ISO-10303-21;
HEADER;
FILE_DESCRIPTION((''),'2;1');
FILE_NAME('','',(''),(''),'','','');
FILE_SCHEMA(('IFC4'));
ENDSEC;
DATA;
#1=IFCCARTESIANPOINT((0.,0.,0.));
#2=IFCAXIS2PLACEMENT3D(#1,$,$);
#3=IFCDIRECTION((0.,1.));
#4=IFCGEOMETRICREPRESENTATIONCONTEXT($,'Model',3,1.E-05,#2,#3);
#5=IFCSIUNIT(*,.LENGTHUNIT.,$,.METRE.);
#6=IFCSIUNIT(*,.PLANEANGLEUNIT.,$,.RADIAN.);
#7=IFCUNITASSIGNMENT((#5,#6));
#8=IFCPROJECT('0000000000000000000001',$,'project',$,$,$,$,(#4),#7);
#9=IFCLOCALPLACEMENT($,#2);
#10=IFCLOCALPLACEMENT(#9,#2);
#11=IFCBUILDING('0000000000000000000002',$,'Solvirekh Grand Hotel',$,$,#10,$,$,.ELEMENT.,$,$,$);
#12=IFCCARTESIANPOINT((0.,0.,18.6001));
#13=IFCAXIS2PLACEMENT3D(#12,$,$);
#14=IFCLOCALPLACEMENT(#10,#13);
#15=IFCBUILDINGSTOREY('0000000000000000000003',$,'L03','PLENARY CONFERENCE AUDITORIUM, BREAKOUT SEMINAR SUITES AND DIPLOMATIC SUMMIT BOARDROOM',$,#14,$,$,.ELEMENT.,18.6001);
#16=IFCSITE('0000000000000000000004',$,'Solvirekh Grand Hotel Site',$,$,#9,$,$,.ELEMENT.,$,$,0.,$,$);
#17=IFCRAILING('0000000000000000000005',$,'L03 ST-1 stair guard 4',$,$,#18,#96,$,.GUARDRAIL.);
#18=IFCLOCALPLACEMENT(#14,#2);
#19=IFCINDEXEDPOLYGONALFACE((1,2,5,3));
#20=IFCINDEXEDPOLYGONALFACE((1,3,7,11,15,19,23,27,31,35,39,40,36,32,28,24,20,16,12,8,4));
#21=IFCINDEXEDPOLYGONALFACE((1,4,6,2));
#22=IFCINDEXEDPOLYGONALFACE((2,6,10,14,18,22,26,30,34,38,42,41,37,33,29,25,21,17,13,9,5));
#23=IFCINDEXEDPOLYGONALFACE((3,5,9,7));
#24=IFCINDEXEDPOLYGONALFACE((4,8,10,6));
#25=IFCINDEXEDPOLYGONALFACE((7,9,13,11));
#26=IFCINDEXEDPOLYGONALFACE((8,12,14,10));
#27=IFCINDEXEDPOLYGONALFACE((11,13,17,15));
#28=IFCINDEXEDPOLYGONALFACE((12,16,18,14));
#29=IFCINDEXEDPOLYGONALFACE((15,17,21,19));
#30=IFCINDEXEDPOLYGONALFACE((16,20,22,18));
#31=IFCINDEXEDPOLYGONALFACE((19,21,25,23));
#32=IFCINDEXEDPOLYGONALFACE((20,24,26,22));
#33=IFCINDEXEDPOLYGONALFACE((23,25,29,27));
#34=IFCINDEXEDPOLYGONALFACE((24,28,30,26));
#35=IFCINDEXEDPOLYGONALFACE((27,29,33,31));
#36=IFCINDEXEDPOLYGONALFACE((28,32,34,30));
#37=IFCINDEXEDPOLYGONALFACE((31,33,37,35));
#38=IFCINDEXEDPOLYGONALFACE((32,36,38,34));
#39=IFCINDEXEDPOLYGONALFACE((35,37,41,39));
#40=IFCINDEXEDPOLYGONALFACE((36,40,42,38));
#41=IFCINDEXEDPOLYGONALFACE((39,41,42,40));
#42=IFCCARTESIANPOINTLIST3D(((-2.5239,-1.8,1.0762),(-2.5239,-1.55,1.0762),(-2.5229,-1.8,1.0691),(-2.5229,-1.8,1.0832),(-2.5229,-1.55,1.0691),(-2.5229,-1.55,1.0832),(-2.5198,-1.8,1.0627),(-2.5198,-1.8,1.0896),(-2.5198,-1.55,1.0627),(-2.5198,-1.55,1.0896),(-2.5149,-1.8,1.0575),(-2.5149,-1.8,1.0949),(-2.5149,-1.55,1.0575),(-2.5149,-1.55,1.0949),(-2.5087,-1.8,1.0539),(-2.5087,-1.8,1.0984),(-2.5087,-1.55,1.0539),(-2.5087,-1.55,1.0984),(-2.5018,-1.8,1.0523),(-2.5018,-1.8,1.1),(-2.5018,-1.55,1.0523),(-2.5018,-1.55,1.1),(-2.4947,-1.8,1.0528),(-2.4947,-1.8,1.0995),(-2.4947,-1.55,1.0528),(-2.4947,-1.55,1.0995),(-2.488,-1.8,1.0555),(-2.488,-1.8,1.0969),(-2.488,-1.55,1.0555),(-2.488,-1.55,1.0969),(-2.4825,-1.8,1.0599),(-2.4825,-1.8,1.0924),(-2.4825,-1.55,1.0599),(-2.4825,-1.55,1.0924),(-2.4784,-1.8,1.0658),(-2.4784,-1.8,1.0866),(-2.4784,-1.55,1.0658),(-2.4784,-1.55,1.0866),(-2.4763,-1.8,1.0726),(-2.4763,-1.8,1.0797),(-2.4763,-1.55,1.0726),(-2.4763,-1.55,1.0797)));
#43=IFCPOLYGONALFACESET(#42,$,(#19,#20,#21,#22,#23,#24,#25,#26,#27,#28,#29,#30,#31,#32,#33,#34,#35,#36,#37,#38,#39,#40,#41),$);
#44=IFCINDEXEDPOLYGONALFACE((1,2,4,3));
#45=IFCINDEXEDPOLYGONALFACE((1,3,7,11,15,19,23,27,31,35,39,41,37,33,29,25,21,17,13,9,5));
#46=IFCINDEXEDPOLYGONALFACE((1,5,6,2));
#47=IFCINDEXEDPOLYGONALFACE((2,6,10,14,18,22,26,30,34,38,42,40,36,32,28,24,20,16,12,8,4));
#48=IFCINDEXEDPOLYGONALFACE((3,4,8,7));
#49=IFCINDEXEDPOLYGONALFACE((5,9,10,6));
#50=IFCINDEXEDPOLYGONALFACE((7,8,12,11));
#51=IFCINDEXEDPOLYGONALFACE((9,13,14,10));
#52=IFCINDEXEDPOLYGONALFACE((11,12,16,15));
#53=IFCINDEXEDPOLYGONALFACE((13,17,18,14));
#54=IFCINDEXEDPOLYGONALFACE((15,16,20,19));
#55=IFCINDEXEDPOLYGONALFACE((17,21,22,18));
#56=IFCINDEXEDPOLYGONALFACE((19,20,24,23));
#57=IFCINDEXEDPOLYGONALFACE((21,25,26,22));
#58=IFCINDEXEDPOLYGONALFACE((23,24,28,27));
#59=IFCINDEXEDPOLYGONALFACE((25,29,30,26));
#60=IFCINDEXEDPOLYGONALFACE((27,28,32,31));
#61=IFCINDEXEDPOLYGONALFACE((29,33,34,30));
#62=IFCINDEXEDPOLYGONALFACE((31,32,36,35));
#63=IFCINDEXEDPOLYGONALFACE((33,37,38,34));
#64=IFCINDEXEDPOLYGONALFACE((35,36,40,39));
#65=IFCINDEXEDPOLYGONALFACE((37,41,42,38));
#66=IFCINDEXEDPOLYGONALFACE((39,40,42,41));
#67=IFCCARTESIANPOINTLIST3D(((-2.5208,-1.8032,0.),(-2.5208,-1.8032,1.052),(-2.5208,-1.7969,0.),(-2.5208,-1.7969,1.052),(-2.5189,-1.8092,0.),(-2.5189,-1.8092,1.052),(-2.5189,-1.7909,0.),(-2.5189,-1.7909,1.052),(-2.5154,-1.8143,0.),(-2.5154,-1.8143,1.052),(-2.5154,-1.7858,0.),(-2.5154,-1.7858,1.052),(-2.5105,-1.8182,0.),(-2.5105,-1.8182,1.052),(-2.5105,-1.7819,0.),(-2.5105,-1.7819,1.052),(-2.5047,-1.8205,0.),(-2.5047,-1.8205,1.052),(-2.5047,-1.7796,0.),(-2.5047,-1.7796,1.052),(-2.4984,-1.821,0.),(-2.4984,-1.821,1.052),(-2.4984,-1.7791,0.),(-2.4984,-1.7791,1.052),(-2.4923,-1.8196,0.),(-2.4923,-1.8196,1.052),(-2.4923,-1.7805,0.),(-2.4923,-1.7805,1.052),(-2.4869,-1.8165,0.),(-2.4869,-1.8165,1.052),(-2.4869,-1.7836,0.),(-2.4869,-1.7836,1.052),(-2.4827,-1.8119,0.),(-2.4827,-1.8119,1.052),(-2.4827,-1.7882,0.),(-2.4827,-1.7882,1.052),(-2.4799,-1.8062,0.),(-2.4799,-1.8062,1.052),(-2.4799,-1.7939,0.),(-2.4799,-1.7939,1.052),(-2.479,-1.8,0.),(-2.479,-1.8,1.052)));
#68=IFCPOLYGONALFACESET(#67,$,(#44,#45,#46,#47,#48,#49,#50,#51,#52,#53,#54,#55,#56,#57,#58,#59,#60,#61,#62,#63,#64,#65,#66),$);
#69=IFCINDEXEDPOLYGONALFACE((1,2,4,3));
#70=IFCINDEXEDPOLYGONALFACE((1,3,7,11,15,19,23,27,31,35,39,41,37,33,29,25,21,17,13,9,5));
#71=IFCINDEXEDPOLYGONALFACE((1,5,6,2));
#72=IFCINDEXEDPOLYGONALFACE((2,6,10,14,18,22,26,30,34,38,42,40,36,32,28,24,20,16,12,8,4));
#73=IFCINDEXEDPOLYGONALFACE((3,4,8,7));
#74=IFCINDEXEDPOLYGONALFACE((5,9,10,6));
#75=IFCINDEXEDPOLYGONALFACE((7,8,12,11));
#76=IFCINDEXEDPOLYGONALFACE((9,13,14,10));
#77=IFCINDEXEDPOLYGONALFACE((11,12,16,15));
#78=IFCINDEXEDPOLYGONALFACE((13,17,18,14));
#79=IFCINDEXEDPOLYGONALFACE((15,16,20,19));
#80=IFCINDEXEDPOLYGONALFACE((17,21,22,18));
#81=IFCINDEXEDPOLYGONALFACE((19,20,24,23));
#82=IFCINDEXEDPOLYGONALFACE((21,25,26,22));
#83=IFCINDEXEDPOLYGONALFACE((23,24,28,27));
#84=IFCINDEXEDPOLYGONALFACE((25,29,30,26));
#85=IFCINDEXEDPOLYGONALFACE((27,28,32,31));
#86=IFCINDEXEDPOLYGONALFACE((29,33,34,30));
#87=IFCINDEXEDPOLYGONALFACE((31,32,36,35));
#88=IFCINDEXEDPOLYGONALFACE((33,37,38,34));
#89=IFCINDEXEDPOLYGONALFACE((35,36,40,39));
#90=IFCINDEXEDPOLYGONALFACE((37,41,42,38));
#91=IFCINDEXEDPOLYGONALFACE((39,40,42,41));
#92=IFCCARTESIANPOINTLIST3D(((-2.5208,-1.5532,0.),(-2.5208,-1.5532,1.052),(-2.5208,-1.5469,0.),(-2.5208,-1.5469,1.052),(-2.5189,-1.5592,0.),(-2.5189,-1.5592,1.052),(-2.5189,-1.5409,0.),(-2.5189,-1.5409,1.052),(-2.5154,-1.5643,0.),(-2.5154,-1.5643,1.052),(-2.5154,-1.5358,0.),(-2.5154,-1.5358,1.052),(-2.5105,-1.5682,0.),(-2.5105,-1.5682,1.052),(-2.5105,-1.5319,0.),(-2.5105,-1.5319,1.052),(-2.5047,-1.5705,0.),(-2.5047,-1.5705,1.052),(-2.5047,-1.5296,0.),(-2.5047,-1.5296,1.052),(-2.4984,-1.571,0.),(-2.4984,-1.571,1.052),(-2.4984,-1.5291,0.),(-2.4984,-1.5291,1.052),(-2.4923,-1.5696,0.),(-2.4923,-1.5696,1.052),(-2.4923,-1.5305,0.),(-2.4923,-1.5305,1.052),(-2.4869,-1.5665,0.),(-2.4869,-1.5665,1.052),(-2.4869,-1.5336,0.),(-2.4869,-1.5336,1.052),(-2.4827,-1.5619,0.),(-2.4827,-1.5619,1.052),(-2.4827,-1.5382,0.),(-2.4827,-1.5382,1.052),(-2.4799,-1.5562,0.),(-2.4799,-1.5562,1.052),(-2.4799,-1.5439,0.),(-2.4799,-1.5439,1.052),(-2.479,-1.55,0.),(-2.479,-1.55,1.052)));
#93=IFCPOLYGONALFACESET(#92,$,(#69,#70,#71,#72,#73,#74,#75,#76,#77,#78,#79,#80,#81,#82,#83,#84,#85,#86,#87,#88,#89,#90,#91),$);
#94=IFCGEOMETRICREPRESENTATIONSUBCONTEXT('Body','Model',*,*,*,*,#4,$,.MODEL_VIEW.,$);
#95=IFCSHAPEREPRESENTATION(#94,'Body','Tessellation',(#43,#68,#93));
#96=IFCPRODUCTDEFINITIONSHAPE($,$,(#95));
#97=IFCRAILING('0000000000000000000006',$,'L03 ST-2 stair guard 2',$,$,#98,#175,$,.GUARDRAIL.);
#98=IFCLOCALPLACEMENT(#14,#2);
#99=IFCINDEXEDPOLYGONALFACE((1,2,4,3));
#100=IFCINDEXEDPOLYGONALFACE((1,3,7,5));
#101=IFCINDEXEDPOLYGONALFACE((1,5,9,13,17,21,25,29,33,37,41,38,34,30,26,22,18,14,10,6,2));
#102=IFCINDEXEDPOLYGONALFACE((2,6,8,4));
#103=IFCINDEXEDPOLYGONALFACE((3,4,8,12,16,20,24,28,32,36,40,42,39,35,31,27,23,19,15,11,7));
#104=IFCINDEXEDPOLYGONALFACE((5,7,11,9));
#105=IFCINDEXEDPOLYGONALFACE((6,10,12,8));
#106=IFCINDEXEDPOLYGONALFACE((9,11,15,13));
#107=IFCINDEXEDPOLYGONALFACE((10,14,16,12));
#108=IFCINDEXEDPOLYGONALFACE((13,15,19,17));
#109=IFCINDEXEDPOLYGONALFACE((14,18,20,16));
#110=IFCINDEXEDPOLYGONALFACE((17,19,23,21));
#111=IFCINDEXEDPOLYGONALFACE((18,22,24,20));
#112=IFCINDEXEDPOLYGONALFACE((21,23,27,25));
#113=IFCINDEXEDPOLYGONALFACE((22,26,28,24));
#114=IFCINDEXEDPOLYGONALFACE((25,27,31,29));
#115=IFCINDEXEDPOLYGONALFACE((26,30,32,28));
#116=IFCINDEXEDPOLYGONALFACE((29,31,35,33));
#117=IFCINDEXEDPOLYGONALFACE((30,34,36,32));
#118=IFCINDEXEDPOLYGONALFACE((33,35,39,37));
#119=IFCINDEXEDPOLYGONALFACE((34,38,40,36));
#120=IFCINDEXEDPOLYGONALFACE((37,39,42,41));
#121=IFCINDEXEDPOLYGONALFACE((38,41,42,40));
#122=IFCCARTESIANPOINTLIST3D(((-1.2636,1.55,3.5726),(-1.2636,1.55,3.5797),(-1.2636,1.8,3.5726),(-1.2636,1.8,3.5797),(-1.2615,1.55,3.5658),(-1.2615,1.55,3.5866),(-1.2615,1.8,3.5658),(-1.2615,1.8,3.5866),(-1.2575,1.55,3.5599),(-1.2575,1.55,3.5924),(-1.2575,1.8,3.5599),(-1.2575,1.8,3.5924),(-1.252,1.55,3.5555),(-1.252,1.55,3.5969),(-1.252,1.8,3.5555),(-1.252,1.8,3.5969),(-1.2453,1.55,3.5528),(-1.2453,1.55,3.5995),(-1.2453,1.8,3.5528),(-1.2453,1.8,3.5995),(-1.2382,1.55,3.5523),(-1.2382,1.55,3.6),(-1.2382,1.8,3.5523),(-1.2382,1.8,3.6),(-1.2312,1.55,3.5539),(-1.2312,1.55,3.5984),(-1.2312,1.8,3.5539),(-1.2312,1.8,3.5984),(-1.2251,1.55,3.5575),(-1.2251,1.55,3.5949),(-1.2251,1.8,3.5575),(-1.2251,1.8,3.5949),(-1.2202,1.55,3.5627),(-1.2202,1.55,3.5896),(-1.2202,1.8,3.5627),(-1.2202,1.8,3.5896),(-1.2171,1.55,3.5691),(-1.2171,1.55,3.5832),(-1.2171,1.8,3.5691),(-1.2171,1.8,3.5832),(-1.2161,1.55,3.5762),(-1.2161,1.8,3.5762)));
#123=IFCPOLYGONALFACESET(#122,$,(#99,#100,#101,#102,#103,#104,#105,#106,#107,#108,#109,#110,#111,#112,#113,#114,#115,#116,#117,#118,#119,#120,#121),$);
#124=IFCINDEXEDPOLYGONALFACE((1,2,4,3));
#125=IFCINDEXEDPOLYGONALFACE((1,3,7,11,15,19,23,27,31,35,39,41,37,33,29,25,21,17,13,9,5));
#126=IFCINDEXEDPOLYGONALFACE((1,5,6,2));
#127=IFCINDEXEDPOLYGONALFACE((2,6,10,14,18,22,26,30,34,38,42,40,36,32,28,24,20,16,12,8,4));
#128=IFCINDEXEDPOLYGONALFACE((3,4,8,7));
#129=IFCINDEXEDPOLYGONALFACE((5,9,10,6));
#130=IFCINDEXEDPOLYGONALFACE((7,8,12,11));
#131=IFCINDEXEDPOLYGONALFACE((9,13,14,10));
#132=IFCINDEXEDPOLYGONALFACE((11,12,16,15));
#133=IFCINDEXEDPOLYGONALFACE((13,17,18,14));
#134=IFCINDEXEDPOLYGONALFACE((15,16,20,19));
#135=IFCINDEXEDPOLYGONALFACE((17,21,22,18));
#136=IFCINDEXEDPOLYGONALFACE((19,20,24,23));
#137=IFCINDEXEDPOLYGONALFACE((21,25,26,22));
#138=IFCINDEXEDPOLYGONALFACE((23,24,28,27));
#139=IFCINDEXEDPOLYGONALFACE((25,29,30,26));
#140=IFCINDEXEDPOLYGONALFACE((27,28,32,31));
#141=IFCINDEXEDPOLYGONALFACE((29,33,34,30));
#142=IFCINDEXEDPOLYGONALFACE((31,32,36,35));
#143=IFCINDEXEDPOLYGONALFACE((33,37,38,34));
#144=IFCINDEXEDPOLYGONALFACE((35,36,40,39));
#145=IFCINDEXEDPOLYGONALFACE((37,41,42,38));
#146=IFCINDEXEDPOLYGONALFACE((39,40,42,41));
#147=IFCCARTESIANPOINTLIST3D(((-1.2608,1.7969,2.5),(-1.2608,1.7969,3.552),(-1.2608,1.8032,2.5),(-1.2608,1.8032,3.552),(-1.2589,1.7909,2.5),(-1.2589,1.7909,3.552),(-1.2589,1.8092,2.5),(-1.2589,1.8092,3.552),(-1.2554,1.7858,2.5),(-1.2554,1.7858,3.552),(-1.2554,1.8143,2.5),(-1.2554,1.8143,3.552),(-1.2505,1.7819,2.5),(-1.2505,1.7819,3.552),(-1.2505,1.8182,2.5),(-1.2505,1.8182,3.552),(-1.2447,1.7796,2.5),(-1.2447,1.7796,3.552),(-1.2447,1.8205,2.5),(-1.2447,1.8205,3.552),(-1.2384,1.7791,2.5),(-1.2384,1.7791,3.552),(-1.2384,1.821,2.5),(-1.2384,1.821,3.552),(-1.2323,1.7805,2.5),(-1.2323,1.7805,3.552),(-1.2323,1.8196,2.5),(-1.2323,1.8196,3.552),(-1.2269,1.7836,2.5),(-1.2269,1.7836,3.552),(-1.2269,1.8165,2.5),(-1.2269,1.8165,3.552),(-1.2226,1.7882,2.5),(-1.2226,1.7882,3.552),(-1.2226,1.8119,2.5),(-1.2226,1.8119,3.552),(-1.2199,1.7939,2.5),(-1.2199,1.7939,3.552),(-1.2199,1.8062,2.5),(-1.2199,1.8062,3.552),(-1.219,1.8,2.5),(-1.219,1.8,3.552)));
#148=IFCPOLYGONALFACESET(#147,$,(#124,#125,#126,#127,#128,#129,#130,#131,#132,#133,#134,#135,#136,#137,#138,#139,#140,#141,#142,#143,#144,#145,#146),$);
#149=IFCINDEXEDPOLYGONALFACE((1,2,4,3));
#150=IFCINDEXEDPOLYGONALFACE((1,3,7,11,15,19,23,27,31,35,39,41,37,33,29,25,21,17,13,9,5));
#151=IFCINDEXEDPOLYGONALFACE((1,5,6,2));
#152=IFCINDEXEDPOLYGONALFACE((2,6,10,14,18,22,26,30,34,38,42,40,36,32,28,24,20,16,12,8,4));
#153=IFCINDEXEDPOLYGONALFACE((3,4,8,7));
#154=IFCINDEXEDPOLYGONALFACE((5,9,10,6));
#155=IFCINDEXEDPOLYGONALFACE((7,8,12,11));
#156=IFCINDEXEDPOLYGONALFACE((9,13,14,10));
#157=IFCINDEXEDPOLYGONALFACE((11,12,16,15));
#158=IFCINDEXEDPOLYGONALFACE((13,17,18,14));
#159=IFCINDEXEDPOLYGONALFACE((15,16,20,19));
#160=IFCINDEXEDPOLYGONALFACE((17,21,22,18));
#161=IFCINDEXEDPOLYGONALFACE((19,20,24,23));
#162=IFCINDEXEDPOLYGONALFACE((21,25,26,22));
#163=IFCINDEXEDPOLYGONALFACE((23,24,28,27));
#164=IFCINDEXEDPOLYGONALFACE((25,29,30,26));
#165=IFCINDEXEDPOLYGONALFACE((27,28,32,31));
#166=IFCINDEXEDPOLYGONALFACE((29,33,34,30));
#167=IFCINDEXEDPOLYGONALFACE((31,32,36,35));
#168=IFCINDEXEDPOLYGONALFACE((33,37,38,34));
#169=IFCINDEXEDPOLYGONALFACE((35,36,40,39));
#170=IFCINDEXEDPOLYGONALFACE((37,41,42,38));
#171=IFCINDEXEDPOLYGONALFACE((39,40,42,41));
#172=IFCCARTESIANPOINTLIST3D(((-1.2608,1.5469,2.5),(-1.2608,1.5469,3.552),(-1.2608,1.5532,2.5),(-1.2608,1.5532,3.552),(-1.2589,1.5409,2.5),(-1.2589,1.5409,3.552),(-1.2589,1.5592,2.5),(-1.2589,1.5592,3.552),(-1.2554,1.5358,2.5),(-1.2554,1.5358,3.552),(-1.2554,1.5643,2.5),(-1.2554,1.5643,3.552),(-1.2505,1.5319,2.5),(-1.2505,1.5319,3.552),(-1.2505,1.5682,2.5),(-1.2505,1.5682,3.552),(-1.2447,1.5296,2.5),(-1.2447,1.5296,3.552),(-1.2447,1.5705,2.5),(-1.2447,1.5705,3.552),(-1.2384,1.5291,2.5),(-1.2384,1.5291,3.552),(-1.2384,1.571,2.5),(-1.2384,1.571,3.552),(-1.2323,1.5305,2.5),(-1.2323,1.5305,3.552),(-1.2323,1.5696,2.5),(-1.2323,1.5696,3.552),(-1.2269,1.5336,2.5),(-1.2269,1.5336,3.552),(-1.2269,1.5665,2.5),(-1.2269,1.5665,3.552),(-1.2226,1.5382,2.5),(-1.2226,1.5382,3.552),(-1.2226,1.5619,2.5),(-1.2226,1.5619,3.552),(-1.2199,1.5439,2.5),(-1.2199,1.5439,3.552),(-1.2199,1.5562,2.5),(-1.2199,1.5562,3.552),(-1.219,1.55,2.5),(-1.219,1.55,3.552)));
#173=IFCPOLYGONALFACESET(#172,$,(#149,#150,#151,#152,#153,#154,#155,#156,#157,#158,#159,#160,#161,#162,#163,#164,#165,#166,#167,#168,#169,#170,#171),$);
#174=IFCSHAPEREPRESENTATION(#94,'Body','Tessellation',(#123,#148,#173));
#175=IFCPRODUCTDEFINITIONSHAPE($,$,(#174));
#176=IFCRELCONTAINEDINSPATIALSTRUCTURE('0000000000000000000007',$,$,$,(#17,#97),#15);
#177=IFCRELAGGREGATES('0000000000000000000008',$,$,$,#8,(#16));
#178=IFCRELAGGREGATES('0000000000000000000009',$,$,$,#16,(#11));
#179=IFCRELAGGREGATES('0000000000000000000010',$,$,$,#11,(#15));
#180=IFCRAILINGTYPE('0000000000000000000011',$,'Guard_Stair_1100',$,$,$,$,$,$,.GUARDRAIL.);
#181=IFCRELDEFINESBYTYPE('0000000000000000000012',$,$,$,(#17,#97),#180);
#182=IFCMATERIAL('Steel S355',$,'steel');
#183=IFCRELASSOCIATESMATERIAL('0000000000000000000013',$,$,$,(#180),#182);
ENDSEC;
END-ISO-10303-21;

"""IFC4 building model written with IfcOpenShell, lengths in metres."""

from ifc_helpers import new_model, si_unit, direction, frame, origin, origin_2d, place, context, subcontext, project, spatial, circle, extrude, material, type_object, element, save


model = new_model("IFC4")

# Units and contexts
model_context = context("Model", 3, precision=1e-05, world=origin(), true_north=direction((0.0, 1.0)))
body_context = subcontext(model_context, "Body", "Model", "MODEL_VIEW")
ifc_project = project(units=[si_unit("LENGTHUNIT", "METRE"), si_unit("PLANEANGLEUNIT", "RADIAN")], contexts=[model_context])

# Site, building, storey
site_placement = place(None, origin())
site = spatial("IfcSite", under=ifc_project, at=site_placement, Name="Solvirekh Grand Hotel Site", CompositionType="ELEMENT", RefElevation=0.0)
building_placement = place(site_placement, origin())
building = spatial("IfcBuilding", under=site, at=building_placement, Name="Solvirekh Grand Hotel", CompositionType="ELEMENT")
storey_placement = place(building_placement, frame((0.0, 0.0, 18.6001)))
storey = spatial("IfcBuildingStorey", under=building, at=storey_placement, Name="L03", Description="PLENARY CONFERENCE AUDITORIUM, BREAKOUT SEMINAR SUITES AND DIPLOMATIC SUMMIT BOARDROOM", CompositionType="ELEMENT", Elevation=18.6001)

# Railings
ifc_material_1 = material(Name="Steel S355", Category="steel")
railing_type_1 = type_object("IfcRailingType", Name="Guard_Stair_1100", PredefinedType="GUARDRAIL", material=ifc_material_1)
railing_1_placement = place(storey_placement, frame((-2.5, -1.8, 0.0)))
element("IfcRailing", 1, at=railing_1_placement, inside=storey, type_object=railing_type_1, Name="L03 ST-1 stair guard 4", PredefinedType="GUARDRAIL", context=body_context, shape_type="SweptSolid", body=[
    extrude(circle(Radius=0.0239, at=origin_2d()), frame((0.0, 0.0, 1.0762), z_axis=(0.0, 1.0, 0.0), x_axis=(-1.0, 0.0, 0.0)), (0.0, 0.0, 1.0), 0.25),
    extrude(circle(Radius=0.021, at=origin_2d()), origin(), (0.0, 0.0, 1.0), 1.052),
    extrude(circle(Radius=0.021, at=origin_2d()), frame((0.0, 0.25, 0.0)), (0.0, 0.0, 1.0), 1.052),
])
railing_2_placement = place(storey_placement, frame((-1.24, 1.8, 2.5)))
element("IfcRailing", 2, at=railing_2_placement, inside=storey, type_object=railing_type_1, Name="L03 ST-2 stair guard 2", PredefinedType="GUARDRAIL", context=body_context, shape_type="SweptSolid", body=[
    extrude(circle(Radius=0.0239, at=origin_2d()), frame((0.0, 0.0, 1.0762), z_axis=(0.0, -1.0, 0.0), x_axis=(1.0, 0.0, 0.0)), (0.0, 0.0, 1.0), 0.25),
    extrude(circle(Radius=0.021, at=origin_2d()), origin(), (0.0, 0.0, 1.0), 1.052),
    extrude(circle(Radius=0.021, at=origin_2d()), frame((0.0, -0.25, 0.0)), (0.0, 0.0, 1.0), 1.052),
])

save(model, "model.ifc")
